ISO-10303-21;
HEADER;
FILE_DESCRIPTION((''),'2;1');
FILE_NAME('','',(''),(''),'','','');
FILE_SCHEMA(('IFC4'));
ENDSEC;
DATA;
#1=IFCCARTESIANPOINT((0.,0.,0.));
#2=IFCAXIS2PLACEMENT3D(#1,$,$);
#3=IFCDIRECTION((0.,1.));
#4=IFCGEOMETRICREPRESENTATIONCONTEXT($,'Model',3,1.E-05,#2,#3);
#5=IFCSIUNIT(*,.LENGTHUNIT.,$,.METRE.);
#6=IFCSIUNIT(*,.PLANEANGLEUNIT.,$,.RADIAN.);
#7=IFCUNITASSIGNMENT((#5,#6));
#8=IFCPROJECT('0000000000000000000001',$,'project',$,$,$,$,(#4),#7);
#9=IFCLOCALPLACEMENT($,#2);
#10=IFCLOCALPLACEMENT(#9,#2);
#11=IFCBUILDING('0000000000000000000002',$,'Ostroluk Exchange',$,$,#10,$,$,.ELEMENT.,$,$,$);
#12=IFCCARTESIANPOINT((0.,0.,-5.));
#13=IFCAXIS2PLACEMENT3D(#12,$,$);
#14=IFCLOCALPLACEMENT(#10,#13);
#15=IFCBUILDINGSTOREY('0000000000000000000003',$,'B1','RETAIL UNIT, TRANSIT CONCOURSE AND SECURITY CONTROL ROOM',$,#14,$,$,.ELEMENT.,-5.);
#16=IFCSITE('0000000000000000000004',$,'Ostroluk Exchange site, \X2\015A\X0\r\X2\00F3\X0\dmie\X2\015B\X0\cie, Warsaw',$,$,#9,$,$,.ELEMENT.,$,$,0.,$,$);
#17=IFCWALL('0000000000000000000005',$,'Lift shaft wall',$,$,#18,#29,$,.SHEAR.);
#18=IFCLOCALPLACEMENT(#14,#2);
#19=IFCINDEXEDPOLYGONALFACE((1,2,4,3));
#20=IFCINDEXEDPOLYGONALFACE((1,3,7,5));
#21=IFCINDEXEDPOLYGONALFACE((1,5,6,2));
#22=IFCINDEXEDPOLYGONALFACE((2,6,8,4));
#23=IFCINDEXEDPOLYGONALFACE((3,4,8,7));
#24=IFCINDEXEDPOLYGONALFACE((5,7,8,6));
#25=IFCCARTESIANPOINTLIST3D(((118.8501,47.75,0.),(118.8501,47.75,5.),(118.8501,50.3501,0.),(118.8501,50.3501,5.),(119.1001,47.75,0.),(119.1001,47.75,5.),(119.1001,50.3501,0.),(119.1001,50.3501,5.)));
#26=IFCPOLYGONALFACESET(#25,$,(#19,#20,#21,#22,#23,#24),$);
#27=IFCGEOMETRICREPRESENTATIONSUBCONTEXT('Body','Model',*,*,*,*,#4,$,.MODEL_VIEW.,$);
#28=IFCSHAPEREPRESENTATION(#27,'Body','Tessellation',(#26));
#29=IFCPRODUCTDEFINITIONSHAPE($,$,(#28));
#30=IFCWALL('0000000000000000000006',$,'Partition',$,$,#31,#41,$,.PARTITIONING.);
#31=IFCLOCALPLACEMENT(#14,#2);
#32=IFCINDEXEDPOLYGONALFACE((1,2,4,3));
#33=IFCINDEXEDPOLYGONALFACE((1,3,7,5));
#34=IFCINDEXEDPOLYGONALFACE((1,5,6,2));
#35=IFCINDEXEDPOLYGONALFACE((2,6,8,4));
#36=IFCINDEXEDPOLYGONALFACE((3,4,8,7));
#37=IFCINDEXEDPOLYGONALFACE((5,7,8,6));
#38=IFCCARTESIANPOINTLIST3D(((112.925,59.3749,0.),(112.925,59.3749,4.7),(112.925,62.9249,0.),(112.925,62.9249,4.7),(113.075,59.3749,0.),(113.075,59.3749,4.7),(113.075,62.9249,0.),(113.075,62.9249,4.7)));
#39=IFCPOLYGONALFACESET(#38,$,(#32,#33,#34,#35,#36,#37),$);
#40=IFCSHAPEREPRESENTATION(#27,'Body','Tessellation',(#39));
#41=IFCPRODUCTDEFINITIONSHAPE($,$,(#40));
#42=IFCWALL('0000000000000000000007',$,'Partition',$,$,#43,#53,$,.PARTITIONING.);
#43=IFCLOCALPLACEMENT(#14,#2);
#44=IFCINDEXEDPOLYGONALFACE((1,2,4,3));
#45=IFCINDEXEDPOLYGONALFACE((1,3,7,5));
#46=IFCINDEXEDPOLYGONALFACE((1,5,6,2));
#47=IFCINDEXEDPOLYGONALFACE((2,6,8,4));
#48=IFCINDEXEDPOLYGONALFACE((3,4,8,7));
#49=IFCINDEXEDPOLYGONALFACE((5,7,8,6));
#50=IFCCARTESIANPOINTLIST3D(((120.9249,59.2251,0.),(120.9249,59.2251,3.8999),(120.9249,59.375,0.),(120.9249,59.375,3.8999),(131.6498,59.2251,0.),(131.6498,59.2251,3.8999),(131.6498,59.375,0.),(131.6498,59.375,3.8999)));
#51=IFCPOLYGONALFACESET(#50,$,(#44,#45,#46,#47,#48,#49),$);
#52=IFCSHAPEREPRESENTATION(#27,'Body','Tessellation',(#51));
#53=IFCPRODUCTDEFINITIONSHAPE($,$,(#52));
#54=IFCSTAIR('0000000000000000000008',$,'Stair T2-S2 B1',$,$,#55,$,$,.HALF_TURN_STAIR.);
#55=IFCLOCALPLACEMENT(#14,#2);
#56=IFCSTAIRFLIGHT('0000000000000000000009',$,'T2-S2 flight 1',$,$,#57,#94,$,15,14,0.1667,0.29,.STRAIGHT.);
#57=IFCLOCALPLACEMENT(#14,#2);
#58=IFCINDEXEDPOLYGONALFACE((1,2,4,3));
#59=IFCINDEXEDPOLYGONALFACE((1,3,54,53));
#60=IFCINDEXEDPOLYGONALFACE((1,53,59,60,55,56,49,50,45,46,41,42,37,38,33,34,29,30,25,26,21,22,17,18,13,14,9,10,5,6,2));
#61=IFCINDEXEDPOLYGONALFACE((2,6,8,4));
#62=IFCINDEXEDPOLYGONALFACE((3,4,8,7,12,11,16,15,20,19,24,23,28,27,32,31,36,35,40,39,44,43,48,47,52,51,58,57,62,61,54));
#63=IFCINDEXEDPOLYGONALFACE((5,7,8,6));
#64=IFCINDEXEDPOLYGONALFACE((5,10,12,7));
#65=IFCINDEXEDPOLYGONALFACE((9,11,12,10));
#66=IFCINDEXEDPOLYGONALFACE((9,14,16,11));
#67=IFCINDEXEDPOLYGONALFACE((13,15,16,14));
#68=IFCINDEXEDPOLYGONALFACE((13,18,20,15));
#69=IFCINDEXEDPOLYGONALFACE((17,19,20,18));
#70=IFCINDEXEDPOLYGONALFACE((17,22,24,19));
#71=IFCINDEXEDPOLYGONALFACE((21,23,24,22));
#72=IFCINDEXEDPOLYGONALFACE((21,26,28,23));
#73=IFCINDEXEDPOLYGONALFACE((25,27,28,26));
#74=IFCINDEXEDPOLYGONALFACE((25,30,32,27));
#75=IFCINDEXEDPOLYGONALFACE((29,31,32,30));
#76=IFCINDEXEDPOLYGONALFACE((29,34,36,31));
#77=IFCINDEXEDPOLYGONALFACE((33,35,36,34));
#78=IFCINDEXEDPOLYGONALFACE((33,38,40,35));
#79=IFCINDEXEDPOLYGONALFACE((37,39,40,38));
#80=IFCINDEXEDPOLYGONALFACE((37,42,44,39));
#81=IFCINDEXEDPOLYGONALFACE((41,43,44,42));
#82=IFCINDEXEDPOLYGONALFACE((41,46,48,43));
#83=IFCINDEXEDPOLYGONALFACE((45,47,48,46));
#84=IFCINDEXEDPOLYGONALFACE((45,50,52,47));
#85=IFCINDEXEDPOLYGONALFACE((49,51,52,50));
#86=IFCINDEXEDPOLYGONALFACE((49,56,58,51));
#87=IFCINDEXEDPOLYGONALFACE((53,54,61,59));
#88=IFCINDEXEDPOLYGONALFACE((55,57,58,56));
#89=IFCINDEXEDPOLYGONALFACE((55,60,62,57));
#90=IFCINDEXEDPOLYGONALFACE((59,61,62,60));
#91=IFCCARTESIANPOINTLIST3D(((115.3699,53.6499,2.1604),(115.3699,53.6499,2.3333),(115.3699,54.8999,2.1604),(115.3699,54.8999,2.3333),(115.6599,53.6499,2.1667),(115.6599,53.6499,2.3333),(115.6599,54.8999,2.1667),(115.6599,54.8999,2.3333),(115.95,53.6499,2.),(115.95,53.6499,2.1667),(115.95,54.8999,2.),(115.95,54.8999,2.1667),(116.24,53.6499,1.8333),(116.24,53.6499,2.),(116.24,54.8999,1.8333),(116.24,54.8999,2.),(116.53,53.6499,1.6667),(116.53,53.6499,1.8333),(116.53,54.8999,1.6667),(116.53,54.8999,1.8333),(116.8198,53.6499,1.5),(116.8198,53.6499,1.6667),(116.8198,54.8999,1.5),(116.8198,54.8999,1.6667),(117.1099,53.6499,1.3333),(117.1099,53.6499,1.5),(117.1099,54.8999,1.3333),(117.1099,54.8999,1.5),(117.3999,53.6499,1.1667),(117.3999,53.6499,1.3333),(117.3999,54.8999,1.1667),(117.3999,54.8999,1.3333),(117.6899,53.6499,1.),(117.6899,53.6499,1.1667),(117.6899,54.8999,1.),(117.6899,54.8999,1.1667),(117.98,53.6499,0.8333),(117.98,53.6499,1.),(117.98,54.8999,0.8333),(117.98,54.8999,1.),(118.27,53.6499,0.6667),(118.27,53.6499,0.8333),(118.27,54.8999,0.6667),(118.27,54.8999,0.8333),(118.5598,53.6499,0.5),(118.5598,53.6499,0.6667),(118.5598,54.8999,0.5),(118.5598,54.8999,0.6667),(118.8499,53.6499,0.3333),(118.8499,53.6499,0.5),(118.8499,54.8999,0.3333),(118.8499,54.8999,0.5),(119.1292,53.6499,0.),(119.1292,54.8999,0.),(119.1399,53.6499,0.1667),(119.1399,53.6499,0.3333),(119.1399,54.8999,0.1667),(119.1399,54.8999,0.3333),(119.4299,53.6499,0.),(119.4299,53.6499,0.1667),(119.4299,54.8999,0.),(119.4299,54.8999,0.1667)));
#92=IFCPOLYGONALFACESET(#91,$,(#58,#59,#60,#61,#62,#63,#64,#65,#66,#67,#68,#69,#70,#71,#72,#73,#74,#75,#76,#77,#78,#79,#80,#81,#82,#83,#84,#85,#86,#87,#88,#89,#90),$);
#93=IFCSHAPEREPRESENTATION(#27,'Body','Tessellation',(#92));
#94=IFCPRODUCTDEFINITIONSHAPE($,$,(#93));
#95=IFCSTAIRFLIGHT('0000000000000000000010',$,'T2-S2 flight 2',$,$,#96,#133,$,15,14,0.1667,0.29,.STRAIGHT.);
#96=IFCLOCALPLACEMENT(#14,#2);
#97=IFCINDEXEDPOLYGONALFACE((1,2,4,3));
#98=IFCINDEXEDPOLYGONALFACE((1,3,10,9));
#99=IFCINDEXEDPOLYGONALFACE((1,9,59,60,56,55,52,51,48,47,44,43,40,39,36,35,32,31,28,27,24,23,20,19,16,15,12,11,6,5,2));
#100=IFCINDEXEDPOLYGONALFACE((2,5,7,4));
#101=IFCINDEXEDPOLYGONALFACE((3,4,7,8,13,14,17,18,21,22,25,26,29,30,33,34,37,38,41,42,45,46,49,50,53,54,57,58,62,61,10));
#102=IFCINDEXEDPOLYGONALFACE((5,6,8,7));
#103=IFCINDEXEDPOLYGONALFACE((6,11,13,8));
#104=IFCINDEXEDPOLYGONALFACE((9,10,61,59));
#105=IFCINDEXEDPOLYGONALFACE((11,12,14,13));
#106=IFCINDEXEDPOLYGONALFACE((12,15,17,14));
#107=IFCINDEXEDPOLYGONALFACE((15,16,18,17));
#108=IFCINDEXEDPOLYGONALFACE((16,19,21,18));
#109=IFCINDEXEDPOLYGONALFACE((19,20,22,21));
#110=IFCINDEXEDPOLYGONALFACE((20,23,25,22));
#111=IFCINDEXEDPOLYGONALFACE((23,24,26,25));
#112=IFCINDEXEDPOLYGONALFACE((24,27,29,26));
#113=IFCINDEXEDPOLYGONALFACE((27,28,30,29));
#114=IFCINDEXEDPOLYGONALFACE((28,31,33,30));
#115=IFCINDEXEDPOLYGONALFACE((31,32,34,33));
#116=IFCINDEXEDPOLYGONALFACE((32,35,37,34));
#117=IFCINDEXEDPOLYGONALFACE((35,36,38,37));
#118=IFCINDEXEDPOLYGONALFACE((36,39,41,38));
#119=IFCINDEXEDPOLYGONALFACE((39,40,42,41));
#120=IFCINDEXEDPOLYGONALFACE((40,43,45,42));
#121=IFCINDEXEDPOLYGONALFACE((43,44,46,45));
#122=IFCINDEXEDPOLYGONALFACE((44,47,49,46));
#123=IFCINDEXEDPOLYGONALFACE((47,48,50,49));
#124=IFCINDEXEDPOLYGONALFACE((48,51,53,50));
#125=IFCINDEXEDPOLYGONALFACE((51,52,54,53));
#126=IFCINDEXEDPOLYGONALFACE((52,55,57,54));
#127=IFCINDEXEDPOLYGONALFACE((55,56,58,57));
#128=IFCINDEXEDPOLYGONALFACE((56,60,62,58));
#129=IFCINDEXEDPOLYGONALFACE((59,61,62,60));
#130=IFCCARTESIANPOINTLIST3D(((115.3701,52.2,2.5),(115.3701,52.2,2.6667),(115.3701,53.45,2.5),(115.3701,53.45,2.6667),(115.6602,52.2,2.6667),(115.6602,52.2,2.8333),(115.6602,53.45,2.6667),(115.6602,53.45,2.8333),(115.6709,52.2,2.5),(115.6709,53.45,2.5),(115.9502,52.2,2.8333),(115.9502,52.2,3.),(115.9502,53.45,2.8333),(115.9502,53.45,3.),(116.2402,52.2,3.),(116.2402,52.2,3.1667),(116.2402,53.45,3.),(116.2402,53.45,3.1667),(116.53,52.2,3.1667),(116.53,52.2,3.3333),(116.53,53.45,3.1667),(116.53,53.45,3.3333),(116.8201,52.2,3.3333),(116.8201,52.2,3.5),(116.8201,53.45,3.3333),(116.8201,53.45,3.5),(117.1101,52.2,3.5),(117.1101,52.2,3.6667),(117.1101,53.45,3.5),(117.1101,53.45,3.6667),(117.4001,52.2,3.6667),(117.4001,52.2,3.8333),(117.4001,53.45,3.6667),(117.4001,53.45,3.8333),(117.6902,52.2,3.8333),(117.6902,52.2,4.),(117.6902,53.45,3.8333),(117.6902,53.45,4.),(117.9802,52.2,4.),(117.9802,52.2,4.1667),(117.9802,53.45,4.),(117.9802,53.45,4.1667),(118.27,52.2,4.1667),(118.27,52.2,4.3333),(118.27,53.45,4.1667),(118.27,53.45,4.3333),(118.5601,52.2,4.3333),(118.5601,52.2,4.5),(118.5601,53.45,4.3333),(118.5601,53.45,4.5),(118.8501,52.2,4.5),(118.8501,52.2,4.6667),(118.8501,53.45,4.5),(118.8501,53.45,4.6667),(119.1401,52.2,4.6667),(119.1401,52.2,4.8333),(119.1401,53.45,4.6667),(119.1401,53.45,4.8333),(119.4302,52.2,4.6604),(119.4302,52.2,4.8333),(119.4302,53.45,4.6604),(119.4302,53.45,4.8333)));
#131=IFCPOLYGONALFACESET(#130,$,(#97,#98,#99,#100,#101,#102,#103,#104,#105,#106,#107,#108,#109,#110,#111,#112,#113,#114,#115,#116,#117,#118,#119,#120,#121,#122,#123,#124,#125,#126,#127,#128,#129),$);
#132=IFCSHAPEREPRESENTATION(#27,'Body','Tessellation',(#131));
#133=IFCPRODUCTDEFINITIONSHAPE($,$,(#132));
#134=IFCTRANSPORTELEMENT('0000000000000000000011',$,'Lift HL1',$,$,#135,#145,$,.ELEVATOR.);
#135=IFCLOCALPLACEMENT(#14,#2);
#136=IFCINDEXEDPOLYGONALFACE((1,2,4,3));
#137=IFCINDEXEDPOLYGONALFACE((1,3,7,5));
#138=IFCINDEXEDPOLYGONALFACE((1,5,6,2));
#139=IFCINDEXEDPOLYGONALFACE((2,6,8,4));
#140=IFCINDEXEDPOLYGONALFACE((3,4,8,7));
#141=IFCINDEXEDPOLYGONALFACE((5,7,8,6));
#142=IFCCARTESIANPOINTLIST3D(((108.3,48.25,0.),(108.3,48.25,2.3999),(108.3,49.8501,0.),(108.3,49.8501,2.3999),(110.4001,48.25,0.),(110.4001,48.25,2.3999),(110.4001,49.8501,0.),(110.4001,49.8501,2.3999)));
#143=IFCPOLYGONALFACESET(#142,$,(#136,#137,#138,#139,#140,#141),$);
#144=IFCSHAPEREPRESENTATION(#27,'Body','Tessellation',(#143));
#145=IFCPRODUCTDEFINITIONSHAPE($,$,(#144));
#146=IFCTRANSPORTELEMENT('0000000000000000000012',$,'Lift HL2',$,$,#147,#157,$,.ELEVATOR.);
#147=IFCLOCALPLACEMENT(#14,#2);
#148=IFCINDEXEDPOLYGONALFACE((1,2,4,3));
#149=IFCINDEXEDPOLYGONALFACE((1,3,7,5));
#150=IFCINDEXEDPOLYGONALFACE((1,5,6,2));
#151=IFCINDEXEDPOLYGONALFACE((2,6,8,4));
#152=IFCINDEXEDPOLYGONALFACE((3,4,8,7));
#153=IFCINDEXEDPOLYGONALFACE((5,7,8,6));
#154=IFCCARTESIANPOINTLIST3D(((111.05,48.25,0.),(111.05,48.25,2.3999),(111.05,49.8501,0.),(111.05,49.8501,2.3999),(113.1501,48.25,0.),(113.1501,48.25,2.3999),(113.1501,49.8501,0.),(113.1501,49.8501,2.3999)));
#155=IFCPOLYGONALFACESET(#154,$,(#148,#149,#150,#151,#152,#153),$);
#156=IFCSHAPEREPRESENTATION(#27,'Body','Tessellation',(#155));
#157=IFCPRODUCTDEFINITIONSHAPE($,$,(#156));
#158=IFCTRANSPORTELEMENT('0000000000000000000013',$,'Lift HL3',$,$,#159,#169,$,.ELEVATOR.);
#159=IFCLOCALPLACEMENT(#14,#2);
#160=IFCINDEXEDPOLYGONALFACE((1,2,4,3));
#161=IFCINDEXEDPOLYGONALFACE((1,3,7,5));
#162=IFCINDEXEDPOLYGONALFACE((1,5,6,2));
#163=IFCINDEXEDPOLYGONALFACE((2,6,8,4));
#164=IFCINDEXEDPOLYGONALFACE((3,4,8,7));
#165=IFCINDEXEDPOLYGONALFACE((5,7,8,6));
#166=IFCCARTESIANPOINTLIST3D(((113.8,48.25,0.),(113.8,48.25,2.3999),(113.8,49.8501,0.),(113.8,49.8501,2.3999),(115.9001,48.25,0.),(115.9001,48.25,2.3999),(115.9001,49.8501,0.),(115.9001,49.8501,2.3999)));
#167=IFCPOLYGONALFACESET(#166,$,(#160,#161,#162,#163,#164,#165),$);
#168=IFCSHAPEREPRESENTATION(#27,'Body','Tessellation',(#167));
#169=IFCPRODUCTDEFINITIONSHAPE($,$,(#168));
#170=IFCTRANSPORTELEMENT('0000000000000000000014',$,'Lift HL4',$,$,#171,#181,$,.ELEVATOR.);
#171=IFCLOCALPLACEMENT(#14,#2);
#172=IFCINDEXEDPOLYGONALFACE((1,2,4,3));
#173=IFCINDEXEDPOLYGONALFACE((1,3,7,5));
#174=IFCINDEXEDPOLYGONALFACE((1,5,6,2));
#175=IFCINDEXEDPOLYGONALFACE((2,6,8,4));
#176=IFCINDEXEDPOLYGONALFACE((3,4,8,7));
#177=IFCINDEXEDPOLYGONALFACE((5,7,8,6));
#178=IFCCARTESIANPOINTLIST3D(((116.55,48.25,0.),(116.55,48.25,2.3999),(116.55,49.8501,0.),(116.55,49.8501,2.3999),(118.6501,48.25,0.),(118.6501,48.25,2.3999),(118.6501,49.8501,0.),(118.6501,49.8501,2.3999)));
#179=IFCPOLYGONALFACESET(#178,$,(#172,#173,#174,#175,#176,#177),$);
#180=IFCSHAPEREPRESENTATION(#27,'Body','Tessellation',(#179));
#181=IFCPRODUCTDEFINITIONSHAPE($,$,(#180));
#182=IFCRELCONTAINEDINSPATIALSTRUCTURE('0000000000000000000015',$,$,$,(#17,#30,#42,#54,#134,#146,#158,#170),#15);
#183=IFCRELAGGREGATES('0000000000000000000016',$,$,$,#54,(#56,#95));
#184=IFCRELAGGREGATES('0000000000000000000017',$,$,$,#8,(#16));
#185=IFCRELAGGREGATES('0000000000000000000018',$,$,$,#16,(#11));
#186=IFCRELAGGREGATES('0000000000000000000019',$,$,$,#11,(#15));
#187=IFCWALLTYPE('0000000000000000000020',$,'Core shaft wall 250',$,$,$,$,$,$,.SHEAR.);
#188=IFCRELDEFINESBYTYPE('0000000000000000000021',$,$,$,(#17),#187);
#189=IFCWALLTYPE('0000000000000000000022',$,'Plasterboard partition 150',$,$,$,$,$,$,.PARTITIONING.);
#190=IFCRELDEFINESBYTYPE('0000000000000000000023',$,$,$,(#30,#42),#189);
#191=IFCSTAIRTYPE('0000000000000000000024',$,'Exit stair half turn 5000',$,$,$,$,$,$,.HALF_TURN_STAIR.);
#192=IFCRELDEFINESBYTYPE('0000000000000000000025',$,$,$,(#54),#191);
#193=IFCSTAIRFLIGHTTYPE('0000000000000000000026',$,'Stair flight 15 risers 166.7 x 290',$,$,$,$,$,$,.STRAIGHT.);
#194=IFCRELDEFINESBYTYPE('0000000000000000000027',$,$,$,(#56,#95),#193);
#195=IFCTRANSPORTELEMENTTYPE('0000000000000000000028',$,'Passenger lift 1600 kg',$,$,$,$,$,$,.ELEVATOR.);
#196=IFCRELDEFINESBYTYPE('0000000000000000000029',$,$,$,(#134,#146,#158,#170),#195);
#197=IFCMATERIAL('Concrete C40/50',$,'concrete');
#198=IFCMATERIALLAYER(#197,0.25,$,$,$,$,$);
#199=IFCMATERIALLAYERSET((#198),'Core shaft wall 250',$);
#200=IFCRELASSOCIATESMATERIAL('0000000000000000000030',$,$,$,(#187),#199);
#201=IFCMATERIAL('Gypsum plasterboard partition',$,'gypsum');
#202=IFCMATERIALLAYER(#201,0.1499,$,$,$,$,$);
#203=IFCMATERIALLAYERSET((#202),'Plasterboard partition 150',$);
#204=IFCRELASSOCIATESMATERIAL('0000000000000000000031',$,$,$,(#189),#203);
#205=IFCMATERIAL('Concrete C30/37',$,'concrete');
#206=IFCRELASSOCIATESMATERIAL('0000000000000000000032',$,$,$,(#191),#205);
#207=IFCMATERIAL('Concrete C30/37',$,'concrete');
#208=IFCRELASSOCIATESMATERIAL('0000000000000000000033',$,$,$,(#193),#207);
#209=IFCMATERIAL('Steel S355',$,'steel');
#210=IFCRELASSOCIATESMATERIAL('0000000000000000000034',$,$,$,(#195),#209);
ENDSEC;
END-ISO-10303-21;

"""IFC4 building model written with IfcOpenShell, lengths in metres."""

from ifc_helpers import new_model, si_unit, direction, frame, frame_2d, origin, origin_2d, place, context, subcontext, project, spatial, polyline, rectangle, outline, extrude, material, layer, layer_set, type_object, element, aggregate, save


model = new_model("IFC4")

# Units and contexts
model_context = context("Model", 3, precision=1e-05, world=origin(), true_north=direction((0.0, 1.0)))
body_context = subcontext(model_context, "Body", "Model", "MODEL_VIEW")
ifc_project = project(units=[si_unit("LENGTHUNIT", "METRE"), si_unit("PLANEANGLEUNIT", "RADIAN")], contexts=[model_context])

# Site, building, storey
site_placement = place(None, origin())
site = spatial("IfcSite", under=ifc_project, at=site_placement, Name="Ostroluk Exchange site, Śródmieście, Warsaw", CompositionType="ELEMENT", RefElevation=0.0)
building_placement = place(site_placement, origin())
building = spatial("IfcBuilding", under=site, at=building_placement, Name="Ostroluk Exchange", CompositionType="ELEMENT")
storey_placement = place(building_placement, frame((0.0, 0.0, -5.0)))
storey = spatial("IfcBuildingStorey", under=building, at=storey_placement, Name="B1", Description="RETAIL UNIT, TRANSIT CONCOURSE AND SECURITY CONTROL ROOM", CompositionType="ELEMENT", Elevation=-5.0)

# Walls
ifc_material_1 = material(Name="Concrete C40/50", Category="concrete")
ifc_layer_1 = layer(ifc_material_1, 0.25)
ifc_layer_set_1 = layer_set([ifc_layer_1], Name="Core shaft wall 250")
wall_type_1 = type_object("IfcWallType", Name="Core shaft wall 250", PredefinedType="SHEAR", material=ifc_layer_set_1)
for number, where, z_axis, x_axis, name in (
    (1, (118.9751, 47.75, 0.0), (0.0, 0.0, 1.0), (0.0, 1.0, 0.0), "Lift shaft wall"),
):
    element("IfcWall", number, at=place(storey_placement, frame(where, z_axis=z_axis, x_axis=x_axis)), inside=storey, type_object=wall_type_1, Name=name, PredefinedType="SHEAR", context=body_context, shape_type="SweptSolid", body=[
        extrude(rectangle(XDim=2.6001, YDim=0.25, at=frame_2d((1.3, 0.0))), origin(), (0.0, 0.0, 1.0), 5.0),
    ])
ifc_material_2 = material(Name="Gypsum plasterboard partition", Category="gypsum")
ifc_layer_2 = layer(ifc_material_2, 0.1499)
ifc_layer_set_2 = layer_set([ifc_layer_2], Name="Plasterboard partition 150")
wall_type_2 = type_object("IfcWallType", Name="Plasterboard partition 150", PredefinedType="PARTITIONING", material=ifc_layer_set_2)
wall_1_placement = place(storey_placement, frame((113.0, 59.375, 0.0), z_axis=(0.0, 0.0, 1.0), x_axis=(0.0, 1.0, 0.0)))
element("IfcWall", 2, at=wall_1_placement, inside=storey, type_object=wall_type_2, Name="Partition", PredefinedType="PARTITIONING", context=body_context, shape_type="SweptSolid", body=[
    extrude(rectangle(XDim=3.55, YDim=0.1499, at=frame_2d((1.7749, 0.0))), origin(), (0.0, 0.0, 1.0), 4.7),
])
wall_2_placement = place(storey_placement, frame((120.925, 59.3, 0.0), z_axis=(0.0, 0.0, 1.0), x_axis=(1.0, 0.0, 0.0)))
element("IfcWall", 3, at=wall_2_placement, inside=storey, type_object=wall_type_2, Name="Partition", PredefinedType="PARTITIONING", context=body_context, shape_type="SweptSolid", body=[
    extrude(rectangle(XDim=10.7249, YDim=0.1499, at=frame_2d((5.3623, 0.0))), origin(), (0.0, 0.0, 1.0), 3.8999),
])

# Stair, stair flights
ifc_material_3 = material(Name="Concrete C30/37", Category="concrete")
stair_type = type_object("IfcStairType", Name="Exit stair half turn 5000", PredefinedType="HALF_TURN_STAIR", material=ifc_material_3)
stair_placement = place(storey_placement, origin())
stair = element("IfcStair", 4, at=stair_placement, inside=storey, type_object=stair_type, Name="Stair T2-S2 B1", PredefinedType="HALF_TURN_STAIR")
ifc_material_4 = material(Name="Concrete C30/37", Category="concrete")
stair_flight_type = type_object("IfcStairFlightType", Name="Stair flight 15 risers 166.7 x 290", PredefinedType="STRAIGHT", material=ifc_material_4)
stair_flight_1_placement = place(storey_placement, frame((119.4299, 54.2749, 0.0), z_axis=(0.0, 0.0, 1.0), x_axis=(-1.0, 0.0, 0.0)))
stair_flight_1 = element("IfcStairFlight", 5, at=stair_flight_1_placement, type_object=stair_flight_type, Name="T2-S2 flight 1", NumberOfRisers=15, NumberOfTreads=14, PredefinedType="STRAIGHT", RiserHeight=0.1667, TreadLength=0.29, context=body_context, shape_type="SweptSolid", body=[
    extrude(outline(polyline([(0.0, 0.0), (0.0, 0.1667), (0.29, 0.1667), (0.29, 0.3333), (0.5801, 0.3333), (0.5801, 0.5), (0.8701, 0.5), (0.8701, 0.6667), (1.1599, 0.6667), (1.1599, 0.8333), (1.45, 0.8333), (1.45, 1.0), (1.74, 1.0), (1.74, 1.1667), (2.03, 1.1667), (2.03, 1.3333), (2.3201, 1.3333), (2.3201, 1.5), (2.6101, 1.5), (2.6101, 1.6667), (2.8999, 1.6667), (2.8999, 1.8333), (3.1899, 1.8333), (3.1899, 2.0), (3.48, 2.0), (3.48, 2.1667), (3.77, 2.1667), (3.77, 2.3333), (4.0601, 2.3333), (4.0601, 2.5), (4.0601, 2.1604), (0.3008, 0.0), (0.0, 0.0)])), frame((0.0, 0.625, 0.0), z_axis=(0.0, -1.0, 0.0), x_axis=(1.0, 0.0, 0.0)), (0.0, 0.0, 1.0), 1.25),
])
stair_flight_2_placement = place(storey_placement, frame((115.3701, 52.825, 2.5), z_axis=(0.0, 0.0, 1.0), x_axis=(1.0, 0.0, 0.0)))
stair_flight_2 = element("IfcStairFlight", 6, at=stair_flight_2_placement, type_object=stair_flight_type, Name="T2-S2 flight 2", NumberOfRisers=15, NumberOfTreads=14, PredefinedType="STRAIGHT", RiserHeight=0.1667, TreadLength=0.29, context=body_context, shape_type="SweptSolid", body=[
    extrude(outline(polyline([(0.0, 0.0), (0.0, 0.1667), (0.29, 0.1667), (0.29, 0.3333), (0.5801, 0.3333), (0.5801, 0.5), (0.8701, 0.5), (0.8701, 0.6667), (1.1599, 0.6667), (1.1599, 0.8333), (1.45, 0.8333), (1.45, 1.0), (1.74, 1.0), (1.74, 1.1667), (2.03, 1.1667), (2.03, 1.3333), (2.3201, 1.3333), (2.3201, 1.5), (2.6101, 1.5), (2.6101, 1.6667), (2.8999, 1.6667), (2.8999, 1.8333), (3.1899, 1.8333), (3.1899, 2.0), (3.48, 2.0), (3.48, 2.1667), (3.77, 2.1667), (3.77, 2.3333), (4.0601, 2.3333), (4.0601, 2.5), (4.0601, 2.1604), (0.3008, 0.0), (0.0, 0.0)])), frame((0.0, 0.625, 0.0), z_axis=(0.0, -1.0, 0.0), x_axis=(1.0, 0.0, 0.0)), (0.0, 0.0, 1.0), 1.25),
])
aggregate(stair, [stair_flight_1, stair_flight_2])

# Transport elements
ifc_material_5 = material(Name="Steel S355", Category="steel")
transport_element_type = type_object("IfcTransportElementType", Name="Passenger lift 1600 kg", PredefinedType="ELEVATOR", material=ifc_material_5)
for number, where, z_axis, x_axis, name in (
    (7, (109.3501, 49.05, 0.0), (0.0, 0.0, 1.0), (1.0, 0.0, 0.0), "Lift HL1"),
    (8, (112.1001, 49.05, 0.0), (0.0, 0.0, 1.0), (1.0, 0.0, 0.0), "Lift HL2"),
    (9, (114.8501, 49.05, 0.0), (0.0, 0.0, 1.0), (1.0, 0.0, 0.0), "Lift HL3"),
    (10, (117.6001, 49.05, 0.0), (0.0, 0.0, 1.0), (1.0, 0.0, 0.0), "Lift HL4"),
):
    element("IfcTransportElement", number, at=place(storey_placement, frame(where, z_axis=z_axis, x_axis=x_axis)), inside=storey, type_object=transport_element_type, Name=name, PredefinedType="ELEVATOR", context=body_context, shape_type="SweptSolid", body=[
        extrude(rectangle(XDim=2.1001, YDim=1.6001, at=origin_2d()), origin(), (0.0, 0.0, 1.0), 2.3999),
    ])

save(model, "model.ifc")
